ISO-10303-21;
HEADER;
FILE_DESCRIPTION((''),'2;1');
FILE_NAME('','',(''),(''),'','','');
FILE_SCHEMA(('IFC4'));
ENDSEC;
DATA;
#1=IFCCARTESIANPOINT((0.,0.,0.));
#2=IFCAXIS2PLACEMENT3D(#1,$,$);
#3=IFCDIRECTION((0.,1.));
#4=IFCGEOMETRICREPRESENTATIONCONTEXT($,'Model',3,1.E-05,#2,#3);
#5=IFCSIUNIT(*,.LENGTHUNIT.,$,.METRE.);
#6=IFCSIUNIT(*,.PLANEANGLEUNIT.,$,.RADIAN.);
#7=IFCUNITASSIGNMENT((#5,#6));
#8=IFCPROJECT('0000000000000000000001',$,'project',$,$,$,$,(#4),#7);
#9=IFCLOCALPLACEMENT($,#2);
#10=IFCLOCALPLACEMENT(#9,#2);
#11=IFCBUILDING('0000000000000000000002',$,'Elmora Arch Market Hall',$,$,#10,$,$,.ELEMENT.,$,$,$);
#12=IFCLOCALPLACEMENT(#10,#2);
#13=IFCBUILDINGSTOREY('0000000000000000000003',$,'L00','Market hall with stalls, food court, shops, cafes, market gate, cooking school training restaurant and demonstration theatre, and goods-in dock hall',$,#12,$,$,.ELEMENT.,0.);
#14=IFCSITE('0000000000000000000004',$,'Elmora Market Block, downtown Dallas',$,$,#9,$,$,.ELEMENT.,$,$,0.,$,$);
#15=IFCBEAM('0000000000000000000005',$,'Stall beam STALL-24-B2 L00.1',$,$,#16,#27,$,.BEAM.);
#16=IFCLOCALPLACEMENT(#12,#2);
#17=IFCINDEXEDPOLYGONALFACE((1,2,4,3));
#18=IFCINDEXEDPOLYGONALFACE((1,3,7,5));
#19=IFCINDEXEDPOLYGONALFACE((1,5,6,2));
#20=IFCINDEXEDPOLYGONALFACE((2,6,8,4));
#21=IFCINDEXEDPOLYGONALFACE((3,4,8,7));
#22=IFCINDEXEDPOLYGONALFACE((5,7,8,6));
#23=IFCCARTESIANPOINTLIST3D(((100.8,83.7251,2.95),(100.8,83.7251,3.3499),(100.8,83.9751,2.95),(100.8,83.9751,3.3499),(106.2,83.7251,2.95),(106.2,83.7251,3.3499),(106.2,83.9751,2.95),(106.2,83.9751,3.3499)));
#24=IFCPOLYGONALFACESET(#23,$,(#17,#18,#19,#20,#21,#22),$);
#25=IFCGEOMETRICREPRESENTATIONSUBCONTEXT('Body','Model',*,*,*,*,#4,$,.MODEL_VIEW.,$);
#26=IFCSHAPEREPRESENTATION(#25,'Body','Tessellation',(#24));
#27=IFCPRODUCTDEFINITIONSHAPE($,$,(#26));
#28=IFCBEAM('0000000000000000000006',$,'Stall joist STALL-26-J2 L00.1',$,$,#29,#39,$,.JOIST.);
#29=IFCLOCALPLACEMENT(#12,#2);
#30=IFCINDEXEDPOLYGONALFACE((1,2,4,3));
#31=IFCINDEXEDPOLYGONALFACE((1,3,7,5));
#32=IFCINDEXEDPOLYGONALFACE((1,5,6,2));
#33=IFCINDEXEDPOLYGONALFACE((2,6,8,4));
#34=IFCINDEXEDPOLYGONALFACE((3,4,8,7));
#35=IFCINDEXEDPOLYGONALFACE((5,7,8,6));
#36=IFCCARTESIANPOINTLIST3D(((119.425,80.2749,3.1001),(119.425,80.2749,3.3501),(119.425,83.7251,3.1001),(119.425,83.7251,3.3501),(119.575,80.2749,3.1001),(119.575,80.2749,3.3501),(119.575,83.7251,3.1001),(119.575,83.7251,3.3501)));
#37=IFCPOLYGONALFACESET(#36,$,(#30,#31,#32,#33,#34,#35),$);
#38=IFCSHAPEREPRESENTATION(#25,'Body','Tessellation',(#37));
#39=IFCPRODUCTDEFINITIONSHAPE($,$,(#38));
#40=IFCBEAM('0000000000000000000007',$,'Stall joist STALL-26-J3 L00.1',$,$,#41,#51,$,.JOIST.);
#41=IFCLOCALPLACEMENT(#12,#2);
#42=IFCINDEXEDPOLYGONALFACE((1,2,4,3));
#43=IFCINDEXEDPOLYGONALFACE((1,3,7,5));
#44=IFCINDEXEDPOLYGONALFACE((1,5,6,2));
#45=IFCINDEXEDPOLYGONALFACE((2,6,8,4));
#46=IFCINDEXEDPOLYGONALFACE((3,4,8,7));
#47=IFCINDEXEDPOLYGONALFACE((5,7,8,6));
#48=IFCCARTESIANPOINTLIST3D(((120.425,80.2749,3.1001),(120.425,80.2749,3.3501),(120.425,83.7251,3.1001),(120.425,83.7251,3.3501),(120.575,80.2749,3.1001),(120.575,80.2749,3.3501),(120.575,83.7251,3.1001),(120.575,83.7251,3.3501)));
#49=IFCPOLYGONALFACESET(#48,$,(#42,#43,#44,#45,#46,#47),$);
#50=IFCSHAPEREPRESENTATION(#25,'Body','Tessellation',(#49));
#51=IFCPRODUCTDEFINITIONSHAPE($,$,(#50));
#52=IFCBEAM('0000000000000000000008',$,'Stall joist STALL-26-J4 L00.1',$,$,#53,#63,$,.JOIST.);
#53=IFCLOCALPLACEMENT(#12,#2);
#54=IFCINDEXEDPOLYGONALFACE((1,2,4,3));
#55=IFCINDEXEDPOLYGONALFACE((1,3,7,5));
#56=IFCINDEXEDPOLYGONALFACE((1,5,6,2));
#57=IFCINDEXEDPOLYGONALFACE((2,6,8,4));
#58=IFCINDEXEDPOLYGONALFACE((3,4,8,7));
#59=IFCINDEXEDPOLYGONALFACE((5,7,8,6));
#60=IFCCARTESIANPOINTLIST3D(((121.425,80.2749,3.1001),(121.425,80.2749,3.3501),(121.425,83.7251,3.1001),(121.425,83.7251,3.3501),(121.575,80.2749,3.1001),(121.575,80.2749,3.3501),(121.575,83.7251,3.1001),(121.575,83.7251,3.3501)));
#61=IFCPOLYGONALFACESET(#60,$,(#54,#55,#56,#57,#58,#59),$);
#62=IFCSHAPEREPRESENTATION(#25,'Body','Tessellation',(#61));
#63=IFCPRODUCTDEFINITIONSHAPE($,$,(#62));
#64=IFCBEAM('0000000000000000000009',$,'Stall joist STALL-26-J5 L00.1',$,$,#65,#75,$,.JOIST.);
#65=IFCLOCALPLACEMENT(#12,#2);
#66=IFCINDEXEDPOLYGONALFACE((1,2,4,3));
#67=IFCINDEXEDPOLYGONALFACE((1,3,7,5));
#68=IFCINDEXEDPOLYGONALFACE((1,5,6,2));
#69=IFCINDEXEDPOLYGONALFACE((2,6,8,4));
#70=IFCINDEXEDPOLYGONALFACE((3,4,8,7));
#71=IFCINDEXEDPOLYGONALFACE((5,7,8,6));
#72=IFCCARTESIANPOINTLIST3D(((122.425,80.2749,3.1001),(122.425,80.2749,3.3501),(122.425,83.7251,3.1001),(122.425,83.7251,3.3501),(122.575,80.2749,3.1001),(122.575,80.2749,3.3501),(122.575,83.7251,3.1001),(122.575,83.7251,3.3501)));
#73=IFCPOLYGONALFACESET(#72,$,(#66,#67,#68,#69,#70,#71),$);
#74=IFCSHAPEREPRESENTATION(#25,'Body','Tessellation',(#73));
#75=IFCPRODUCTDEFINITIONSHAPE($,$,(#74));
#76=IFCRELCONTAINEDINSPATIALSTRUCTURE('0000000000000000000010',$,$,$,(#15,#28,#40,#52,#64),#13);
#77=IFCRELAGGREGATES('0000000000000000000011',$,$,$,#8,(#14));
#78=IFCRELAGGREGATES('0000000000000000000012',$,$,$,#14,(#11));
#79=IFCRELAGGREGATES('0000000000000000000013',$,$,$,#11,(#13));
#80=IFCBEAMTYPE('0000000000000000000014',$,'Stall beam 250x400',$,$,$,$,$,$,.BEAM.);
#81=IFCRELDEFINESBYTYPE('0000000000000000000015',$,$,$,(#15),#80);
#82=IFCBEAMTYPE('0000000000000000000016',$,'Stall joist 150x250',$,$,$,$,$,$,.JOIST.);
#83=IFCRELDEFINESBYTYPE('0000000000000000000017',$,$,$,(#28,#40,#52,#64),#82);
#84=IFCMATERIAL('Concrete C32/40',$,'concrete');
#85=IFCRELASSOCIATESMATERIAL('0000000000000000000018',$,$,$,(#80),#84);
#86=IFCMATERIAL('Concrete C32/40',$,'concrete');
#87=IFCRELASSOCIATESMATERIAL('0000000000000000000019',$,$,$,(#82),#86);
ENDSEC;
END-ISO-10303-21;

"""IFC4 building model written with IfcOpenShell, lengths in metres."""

from ifc_helpers import new_model, si_unit, direction, frame, origin, origin_2d, place, context, subcontext, project, spatial, rectangle, extrude, material, material_profile, profile_set, type_object, element, save


model = new_model("IFC4")

# Units and contexts
model_context = context("Model", 3, precision=1e-05, world=origin(), true_north=direction((0.0, 1.0)))
body_context = subcontext(model_context, "Body", "Model", "MODEL_VIEW")
ifc_project = project(units=[si_unit("LENGTHUNIT", "METRE"), si_unit("PLANEANGLEUNIT", "RADIAN")], contexts=[model_context])

# Site, building, storey
site_placement = place(None, origin())
site = spatial("IfcSite", under=ifc_project, at=site_placement, Name="Elmora Market Block, downtown Dallas", CompositionType="ELEMENT", RefElevation=0.0)
building_placement = place(site_placement, origin())
building = spatial("IfcBuilding", under=site, at=building_placement, Name="Elmora Arch Market Hall", CompositionType="ELEMENT")
storey_placement = place(building_placement, origin())
storey = spatial("IfcBuildingStorey", under=building, at=storey_placement, Name="L00", Description="Market hall with stalls, food court, shops, cafes, market gate, cooking school training restaurant and demonstration theatre, and goods-in dock hall", CompositionType="ELEMENT", Elevation=0.0)

# Beams
ifc_material_1 = material(Name="Concrete C32/40", Category="concrete")
ifc_material_profile_1 = material_profile(ifc_material_1, rectangle(XDim=0.25, YDim=0.3999, at=origin_2d()), Name="Stall beam 250x400")
ifc_profile_set_1 = profile_set([ifc_material_profile_1], Name="Concrete C32/40")
beam_type_1 = type_object("IfcBeamType", Name="Stall beam 250x400", PredefinedType="BEAM", material=ifc_profile_set_1)
beam_1_placement = place(storey_placement, frame((100.8, 83.8501, 3.1499), z_axis=(1.0, 0.0, 0.0), x_axis=(0.0, 1.0, 0.0)))
element("IfcBeam", 1, at=beam_1_placement, inside=storey, type_object=beam_type_1, Name="Stall beam STALL-24-B2 L00.1", PredefinedType="BEAM", context=body_context, shape_type="SweptSolid", body=[
    extrude(rectangle(XDim=0.25, YDim=0.3999, at=origin_2d()), origin(), (0.0, 0.0, 1.0), 5.3999),
])
ifc_material_2 = material(Name="Concrete C32/40", Category="concrete")
ifc_material_profile_2 = material_profile(ifc_material_2, rectangle(XDim=0.1499, YDim=0.25, at=origin_2d()), Name="Stall joist 150x250")
ifc_profile_set_2 = profile_set([ifc_material_profile_2], Name="Concrete C32/40")
beam_type_2 = type_object("IfcBeamType", Name="Stall joist 150x250", PredefinedType="JOIST", material=ifc_profile_set_2)
for number, where, z_axis, x_axis, name in (
    (2, (119.5, 80.2749, 3.2251), (0.0, 1.0, 0.0), (-1.0, 0.0, 0.0), "Stall joist STALL-26-J2 L00.1"),
    (3, (120.5, 80.2749, 3.2251), (0.0, 1.0, 0.0), (-1.0, 0.0, 0.0), "Stall joist STALL-26-J3 L00.1"),
    (4, (121.5, 80.2749, 3.2251), (0.0, 1.0, 0.0), (-1.0, 0.0, 0.0), "Stall joist STALL-26-J4 L00.1"),
    (5, (122.5, 80.2749, 3.2251), (0.0, 1.0, 0.0), (-1.0, 0.0, 0.0), "Stall joist STALL-26-J5 L00.1"),
):
    element("IfcBeam", number, at=place(storey_placement, frame(where, z_axis=z_axis, x_axis=x_axis)), inside=storey, type_object=beam_type_2, Name=name, PredefinedType="JOIST", context=body_context, shape_type="SweptSolid", body=[
        extrude(rectangle(XDim=0.1499, YDim=0.25, at=origin_2d()), origin(), (0.0, 0.0, 1.0), 3.4502),
    ])

save(model, "model.ifc")
